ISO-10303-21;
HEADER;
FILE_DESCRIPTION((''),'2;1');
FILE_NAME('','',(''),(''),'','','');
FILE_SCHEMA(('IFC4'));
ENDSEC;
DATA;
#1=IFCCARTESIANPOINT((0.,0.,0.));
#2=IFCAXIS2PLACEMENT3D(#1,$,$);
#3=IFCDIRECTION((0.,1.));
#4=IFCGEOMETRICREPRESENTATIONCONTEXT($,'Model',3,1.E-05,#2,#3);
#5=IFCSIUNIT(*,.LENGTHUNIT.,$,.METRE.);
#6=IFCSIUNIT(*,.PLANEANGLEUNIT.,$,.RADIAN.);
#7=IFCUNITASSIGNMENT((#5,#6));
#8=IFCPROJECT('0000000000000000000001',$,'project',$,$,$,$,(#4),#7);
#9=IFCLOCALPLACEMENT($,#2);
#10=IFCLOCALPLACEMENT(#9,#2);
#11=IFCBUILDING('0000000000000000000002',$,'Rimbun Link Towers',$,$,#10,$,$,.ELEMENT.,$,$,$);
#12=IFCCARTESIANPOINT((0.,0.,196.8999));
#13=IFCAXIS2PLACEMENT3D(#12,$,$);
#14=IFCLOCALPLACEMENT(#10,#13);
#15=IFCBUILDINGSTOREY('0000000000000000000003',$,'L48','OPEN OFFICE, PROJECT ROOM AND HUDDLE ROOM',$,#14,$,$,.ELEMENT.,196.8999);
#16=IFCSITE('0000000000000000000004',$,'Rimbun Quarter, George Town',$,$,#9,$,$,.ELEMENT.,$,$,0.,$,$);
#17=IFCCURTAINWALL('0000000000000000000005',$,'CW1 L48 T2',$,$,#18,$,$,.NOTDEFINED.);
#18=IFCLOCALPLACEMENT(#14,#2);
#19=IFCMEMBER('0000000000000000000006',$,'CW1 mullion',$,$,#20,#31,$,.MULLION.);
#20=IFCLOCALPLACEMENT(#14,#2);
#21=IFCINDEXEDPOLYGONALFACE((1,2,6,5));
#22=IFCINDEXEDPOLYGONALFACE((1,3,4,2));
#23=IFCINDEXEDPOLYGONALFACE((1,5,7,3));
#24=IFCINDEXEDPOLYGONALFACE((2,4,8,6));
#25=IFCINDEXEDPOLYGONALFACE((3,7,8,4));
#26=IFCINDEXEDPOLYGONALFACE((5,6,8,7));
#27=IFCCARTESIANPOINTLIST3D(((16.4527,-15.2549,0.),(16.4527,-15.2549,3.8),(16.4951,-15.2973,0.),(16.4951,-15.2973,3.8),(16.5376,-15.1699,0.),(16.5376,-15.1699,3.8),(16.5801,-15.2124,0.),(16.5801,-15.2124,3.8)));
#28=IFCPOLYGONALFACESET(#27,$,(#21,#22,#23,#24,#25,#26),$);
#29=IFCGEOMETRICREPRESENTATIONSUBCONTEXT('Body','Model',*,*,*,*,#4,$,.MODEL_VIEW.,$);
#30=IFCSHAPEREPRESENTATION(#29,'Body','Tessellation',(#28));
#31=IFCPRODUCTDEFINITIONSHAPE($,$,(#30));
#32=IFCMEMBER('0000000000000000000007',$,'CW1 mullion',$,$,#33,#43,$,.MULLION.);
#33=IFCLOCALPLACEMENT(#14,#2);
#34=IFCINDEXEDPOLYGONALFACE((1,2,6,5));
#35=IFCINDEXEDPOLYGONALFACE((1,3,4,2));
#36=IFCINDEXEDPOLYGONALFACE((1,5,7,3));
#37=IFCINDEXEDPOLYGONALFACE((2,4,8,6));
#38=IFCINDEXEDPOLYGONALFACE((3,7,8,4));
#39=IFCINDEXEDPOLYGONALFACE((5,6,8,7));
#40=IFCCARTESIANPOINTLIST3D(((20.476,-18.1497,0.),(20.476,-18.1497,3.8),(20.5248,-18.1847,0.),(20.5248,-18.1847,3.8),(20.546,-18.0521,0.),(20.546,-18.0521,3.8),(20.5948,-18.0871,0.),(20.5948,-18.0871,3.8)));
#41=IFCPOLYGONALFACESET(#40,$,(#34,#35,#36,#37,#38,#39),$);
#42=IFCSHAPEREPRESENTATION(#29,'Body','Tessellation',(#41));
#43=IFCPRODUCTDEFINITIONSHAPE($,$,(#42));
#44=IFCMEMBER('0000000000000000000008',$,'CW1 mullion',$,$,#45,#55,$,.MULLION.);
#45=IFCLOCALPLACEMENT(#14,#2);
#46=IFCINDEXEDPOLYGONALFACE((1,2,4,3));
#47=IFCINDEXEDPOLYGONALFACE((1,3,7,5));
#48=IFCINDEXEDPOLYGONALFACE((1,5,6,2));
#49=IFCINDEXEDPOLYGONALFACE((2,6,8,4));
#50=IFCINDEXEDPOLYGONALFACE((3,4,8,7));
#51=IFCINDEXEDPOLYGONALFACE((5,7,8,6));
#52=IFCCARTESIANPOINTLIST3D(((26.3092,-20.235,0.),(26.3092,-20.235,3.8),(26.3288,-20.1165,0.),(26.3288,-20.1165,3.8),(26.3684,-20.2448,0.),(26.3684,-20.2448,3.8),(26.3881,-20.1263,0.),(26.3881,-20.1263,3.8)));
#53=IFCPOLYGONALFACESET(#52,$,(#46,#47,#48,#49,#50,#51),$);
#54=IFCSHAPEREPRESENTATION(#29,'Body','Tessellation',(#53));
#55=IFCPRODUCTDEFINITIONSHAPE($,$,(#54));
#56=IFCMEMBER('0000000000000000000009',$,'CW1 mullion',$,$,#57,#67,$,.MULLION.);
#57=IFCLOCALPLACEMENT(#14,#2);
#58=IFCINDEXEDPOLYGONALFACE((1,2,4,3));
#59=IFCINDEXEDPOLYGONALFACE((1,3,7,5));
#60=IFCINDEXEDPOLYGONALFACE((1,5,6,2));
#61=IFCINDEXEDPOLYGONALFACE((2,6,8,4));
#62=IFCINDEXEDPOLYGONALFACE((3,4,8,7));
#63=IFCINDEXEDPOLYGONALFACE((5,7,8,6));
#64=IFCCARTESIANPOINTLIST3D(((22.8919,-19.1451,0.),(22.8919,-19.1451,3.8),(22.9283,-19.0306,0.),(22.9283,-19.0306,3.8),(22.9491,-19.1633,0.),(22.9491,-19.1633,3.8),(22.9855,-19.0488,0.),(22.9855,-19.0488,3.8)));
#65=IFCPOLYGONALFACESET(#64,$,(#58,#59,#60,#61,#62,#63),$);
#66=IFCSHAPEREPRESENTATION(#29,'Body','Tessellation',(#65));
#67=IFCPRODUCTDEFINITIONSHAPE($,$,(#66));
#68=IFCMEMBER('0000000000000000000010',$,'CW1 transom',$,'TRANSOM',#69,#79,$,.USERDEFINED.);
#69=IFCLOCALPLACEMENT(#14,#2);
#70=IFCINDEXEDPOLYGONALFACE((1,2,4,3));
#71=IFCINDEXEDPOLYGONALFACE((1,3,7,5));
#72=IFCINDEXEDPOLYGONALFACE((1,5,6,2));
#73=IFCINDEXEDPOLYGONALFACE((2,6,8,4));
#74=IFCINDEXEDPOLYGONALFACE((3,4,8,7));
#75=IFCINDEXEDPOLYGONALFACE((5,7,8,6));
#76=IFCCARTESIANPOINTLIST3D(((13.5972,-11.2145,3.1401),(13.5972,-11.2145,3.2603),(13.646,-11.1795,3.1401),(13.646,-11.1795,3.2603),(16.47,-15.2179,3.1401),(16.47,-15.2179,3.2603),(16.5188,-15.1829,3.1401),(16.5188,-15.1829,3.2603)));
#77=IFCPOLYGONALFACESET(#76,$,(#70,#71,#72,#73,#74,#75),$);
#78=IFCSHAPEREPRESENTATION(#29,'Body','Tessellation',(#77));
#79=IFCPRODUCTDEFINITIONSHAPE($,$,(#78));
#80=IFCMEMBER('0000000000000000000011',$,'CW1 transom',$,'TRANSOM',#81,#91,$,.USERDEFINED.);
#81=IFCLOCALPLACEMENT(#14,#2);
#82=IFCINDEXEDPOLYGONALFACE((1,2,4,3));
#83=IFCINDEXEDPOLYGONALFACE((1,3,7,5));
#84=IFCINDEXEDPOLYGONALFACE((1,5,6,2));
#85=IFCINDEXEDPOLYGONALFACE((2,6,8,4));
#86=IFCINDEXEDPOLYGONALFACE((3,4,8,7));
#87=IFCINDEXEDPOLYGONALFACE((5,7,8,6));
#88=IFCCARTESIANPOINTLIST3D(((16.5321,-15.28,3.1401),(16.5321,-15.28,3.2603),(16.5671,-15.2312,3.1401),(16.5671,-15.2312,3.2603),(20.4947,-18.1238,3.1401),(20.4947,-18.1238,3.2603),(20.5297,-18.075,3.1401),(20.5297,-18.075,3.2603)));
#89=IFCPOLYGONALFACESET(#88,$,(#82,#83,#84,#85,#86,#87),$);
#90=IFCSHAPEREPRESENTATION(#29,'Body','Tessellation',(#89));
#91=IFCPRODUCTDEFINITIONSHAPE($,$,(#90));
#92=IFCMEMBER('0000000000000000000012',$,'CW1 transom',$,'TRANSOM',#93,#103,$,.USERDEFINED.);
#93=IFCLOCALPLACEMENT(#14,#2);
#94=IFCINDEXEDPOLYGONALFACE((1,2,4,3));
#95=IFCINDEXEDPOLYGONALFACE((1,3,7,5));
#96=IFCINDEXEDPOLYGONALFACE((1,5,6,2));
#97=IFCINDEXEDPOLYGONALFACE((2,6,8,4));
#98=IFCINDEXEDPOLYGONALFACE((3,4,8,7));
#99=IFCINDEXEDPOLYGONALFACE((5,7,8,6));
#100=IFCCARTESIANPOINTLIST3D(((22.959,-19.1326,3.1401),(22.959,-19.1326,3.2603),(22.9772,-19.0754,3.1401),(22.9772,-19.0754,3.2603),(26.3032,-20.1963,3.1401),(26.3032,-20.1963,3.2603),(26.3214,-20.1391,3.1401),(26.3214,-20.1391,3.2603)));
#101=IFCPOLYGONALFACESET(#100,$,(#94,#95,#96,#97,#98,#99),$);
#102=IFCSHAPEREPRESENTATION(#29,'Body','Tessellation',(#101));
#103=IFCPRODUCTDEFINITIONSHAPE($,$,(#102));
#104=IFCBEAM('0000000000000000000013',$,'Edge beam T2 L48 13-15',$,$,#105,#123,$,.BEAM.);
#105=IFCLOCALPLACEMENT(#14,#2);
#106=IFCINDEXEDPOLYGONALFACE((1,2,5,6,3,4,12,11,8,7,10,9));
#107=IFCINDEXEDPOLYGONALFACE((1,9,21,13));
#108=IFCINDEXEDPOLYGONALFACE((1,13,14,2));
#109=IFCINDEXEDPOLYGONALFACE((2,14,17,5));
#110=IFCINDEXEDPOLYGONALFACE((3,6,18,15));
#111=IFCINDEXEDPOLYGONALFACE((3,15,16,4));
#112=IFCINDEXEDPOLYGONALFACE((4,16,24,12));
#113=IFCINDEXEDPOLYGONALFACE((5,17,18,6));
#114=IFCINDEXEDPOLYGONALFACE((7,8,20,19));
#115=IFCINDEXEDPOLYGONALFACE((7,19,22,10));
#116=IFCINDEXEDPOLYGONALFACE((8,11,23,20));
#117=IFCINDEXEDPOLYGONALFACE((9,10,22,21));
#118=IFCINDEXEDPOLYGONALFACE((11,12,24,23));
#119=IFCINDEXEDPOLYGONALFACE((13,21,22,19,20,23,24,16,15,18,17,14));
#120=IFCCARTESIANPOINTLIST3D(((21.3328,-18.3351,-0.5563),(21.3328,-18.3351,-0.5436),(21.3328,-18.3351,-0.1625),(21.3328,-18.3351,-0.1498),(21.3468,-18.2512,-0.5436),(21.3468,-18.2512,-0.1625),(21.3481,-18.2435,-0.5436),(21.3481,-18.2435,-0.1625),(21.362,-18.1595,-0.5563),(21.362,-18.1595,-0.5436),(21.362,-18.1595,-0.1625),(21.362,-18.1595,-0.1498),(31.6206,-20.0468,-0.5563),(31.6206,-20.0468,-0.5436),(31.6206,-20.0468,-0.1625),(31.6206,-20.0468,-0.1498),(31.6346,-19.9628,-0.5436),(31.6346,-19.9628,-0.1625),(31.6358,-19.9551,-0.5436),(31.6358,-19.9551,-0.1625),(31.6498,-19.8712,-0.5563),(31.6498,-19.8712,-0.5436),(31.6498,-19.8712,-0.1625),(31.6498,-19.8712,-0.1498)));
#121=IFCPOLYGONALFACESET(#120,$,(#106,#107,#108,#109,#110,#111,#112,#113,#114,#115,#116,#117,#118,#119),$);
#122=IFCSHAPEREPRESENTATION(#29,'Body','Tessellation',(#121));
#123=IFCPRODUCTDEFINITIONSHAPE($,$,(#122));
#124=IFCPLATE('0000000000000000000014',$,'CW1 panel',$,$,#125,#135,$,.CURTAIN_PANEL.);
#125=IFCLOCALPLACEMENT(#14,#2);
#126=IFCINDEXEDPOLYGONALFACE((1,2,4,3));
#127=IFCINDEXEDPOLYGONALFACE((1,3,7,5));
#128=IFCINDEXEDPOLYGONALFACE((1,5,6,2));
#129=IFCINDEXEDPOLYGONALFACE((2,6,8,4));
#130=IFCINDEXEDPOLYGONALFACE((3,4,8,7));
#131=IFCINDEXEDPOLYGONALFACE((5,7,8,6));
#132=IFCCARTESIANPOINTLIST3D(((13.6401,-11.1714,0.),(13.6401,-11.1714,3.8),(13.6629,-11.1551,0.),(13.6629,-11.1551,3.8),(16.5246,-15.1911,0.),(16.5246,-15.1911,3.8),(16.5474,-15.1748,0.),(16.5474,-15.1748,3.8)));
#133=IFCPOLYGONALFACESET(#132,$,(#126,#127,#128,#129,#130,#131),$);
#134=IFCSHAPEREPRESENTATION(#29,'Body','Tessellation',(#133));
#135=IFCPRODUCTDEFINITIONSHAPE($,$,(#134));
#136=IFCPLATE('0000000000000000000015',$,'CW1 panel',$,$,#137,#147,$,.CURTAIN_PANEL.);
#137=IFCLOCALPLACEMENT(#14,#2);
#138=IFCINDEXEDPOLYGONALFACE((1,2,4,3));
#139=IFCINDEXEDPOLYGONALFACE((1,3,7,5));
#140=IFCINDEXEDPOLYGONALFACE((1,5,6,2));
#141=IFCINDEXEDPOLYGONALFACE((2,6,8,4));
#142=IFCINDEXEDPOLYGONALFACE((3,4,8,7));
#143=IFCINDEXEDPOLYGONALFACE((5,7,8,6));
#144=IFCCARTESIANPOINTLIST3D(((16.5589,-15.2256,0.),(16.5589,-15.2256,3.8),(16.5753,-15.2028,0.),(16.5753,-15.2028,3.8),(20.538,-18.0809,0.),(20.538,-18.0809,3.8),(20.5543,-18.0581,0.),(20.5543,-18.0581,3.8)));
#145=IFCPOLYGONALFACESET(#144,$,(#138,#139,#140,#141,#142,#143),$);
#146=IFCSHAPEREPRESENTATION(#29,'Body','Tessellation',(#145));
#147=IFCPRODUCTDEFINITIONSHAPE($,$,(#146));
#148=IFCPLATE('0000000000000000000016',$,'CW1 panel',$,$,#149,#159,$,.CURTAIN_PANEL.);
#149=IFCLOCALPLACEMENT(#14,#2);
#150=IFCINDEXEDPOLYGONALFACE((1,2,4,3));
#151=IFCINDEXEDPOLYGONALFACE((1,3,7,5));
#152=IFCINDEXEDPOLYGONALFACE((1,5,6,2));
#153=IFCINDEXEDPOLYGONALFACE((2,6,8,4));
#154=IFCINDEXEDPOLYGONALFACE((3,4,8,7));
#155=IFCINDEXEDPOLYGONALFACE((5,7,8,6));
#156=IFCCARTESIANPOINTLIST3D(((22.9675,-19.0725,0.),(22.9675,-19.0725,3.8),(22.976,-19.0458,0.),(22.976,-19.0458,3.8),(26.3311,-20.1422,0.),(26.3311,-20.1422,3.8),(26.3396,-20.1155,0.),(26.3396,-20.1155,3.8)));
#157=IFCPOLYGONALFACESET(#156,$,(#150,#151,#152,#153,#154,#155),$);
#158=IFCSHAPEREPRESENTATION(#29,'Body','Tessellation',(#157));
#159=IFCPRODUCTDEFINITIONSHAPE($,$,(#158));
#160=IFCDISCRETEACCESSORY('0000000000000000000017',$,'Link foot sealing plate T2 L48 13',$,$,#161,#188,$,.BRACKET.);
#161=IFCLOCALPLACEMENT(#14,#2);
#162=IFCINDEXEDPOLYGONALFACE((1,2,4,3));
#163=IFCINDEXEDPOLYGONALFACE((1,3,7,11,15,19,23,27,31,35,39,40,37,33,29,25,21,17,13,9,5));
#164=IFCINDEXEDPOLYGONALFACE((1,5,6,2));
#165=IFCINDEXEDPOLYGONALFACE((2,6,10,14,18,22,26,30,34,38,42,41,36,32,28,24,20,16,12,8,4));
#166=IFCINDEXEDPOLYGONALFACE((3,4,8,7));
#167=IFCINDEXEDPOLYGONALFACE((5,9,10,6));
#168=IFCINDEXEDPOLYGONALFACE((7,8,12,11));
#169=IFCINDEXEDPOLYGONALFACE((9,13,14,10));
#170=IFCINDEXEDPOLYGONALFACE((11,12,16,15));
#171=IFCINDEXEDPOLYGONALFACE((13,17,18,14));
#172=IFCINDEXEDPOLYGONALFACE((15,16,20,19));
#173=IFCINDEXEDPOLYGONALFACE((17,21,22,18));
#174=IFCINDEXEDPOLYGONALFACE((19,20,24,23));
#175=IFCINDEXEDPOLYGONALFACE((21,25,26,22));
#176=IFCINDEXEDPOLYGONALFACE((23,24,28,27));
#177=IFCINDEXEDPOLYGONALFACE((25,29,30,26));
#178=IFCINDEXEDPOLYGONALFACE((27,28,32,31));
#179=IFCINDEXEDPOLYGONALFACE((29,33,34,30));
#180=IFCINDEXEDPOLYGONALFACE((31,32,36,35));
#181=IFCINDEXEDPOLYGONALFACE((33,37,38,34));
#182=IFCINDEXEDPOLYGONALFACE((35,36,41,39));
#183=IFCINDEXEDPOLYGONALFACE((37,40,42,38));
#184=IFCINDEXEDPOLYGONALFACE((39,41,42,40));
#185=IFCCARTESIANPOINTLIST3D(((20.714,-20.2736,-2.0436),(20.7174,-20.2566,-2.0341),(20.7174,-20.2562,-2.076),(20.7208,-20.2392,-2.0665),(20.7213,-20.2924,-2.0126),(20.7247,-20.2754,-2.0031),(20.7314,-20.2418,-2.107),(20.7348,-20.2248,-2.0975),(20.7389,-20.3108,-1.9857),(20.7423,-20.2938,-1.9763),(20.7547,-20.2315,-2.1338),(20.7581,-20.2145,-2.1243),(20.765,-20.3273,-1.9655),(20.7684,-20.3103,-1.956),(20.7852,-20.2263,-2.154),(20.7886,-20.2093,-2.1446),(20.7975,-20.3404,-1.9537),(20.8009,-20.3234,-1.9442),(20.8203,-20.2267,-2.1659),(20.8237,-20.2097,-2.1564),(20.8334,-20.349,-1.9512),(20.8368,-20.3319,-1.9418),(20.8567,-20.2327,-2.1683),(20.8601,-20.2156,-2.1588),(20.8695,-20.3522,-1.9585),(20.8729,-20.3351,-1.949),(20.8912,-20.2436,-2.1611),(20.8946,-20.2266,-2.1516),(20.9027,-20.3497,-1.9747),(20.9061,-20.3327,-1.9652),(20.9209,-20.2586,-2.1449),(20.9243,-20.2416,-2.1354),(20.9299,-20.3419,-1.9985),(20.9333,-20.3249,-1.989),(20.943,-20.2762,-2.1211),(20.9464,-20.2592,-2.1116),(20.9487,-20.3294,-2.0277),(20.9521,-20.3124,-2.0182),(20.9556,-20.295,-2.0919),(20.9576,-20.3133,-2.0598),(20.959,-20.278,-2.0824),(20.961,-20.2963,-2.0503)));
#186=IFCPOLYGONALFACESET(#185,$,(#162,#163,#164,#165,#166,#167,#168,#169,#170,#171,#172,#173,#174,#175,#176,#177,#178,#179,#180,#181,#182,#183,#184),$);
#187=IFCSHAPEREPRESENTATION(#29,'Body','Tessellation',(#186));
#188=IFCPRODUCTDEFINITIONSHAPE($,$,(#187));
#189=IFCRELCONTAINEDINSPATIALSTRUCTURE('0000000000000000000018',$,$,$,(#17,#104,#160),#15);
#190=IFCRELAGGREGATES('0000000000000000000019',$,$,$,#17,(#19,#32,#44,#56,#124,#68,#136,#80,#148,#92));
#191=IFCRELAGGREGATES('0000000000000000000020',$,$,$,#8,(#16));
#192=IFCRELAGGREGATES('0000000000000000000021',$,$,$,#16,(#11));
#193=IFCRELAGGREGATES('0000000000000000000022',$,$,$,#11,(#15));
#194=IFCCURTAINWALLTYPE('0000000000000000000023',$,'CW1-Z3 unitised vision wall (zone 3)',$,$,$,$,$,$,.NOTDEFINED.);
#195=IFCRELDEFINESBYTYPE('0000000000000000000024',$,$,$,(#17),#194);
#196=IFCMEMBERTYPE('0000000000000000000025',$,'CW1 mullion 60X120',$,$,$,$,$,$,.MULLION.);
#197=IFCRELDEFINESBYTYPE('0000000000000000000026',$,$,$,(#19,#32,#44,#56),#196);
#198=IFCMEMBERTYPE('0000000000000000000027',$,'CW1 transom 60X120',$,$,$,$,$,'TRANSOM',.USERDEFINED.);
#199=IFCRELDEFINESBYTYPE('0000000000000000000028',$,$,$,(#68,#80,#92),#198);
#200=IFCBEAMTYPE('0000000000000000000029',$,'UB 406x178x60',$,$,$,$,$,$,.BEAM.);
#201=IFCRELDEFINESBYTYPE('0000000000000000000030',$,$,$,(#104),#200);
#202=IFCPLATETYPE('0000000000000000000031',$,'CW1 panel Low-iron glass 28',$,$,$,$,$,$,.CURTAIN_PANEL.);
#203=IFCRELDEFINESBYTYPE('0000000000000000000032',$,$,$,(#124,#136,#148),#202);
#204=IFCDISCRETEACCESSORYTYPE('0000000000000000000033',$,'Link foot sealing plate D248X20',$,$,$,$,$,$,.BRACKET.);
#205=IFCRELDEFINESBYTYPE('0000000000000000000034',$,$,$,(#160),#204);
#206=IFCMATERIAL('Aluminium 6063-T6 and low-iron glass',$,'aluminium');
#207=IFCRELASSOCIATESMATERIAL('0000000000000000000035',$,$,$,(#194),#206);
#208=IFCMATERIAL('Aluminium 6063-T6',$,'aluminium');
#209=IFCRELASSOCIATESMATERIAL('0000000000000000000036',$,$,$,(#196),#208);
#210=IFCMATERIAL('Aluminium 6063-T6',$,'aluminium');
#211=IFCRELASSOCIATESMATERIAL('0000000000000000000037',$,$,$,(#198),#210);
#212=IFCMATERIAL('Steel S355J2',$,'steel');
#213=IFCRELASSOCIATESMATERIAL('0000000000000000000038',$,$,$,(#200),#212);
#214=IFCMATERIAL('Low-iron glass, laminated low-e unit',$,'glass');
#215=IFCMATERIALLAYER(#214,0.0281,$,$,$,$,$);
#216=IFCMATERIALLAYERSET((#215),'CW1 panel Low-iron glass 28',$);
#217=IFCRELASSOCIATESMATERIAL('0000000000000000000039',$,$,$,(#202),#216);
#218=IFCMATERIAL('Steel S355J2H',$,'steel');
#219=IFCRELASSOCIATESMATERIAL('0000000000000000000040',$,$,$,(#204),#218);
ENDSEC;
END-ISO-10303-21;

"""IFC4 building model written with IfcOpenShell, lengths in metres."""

from ifc_helpers import new_model, si_unit, direction, frame, origin, origin_2d, place, context, subcontext, project, spatial, rectangle, circle, i_section, extrude, material, layer, layer_set, material_profile, profile_set, type_object, element, aggregate, save


model = new_model("IFC4")

# Units and contexts
model_context = context("Model", 3, precision=1e-05, world=origin(), true_north=direction((0.0, 1.0)))
body_context = subcontext(model_context, "Body", "Model", "MODEL_VIEW")
ifc_project = project(units=[si_unit("LENGTHUNIT", "METRE"), si_unit("PLANEANGLEUNIT", "RADIAN")], contexts=[model_context])

# Site, building, storey
site_placement = place(None, origin())
site = spatial("IfcSite", under=ifc_project, at=site_placement, Name="Rimbun Quarter, George Town", CompositionType="ELEMENT", RefElevation=0.0)
building_placement = place(site_placement, origin())
building = spatial("IfcBuilding", under=site, at=building_placement, Name="Rimbun Link Towers", CompositionType="ELEMENT")
storey_placement = place(building_placement, frame((0.0, 0.0, 196.8999)))
storey = spatial("IfcBuildingStorey", under=building, at=storey_placement, Name="L48", Description="OPEN OFFICE, PROJECT ROOM AND HUDDLE ROOM", CompositionType="ELEMENT", Elevation=196.8999)

# Curtain wall, members
ifc_material_1 = material(Name="Aluminium 6063-T6 and low-iron glass", Category="aluminium")
curtain_wall_type = type_object("IfcCurtainWallType", Name="CW1-Z3 unitised vision wall (zone 3)", PredefinedType="NOTDEFINED", material=ifc_material_1)
curtain_wall_placement = place(storey_placement, origin())
curtain_wall = element("IfcCurtainWall", 1, at=curtain_wall_placement, inside=storey, type_object=curtain_wall_type, Name="CW1 L48 T2", PredefinedType="NOTDEFINED")
ifc_material_2 = material(Name="Aluminium 6063-T6", Category="aluminium")
ifc_material_profile_1 = material_profile(ifc_material_2, rectangle(XDim=0.1201, YDim=0.0601, at=origin_2d()), Name="MULLION 60X120")
ifc_profile_set_1 = profile_set([ifc_material_profile_1], Name="Aluminium 6063-T6")
member_type_1 = type_object("IfcMemberType", Name="CW1 mullion 60X120", PredefinedType="MULLION", material=ifc_profile_set_1)
member_1_placement = place(storey_placement, frame((16.5164, -15.2336, 0.0), z_axis=(0.0, 0.0, 1.0), x_axis=(-0.707107, -0.707107, 0.0)))
member_1 = element("IfcMember", 2, at=member_1_placement, type_object=member_type_1, Name="CW1 mullion", PredefinedType="MULLION", context=body_context, shape_type="SweptSolid", body=[
    extrude(rectangle(XDim=0.1201, YDim=0.0601, at=origin_2d()), origin(), (0.0, 0.0, 1.0), 3.8),
])
member_2_placement = place(storey_placement, frame((20.5354, -18.1184, 0.0), z_axis=(0.0, 0.0, 1.0), x_axis=(-0.583009, -0.812465, 0.0)))
member_2 = element("IfcMember", 3, at=member_2_placement, type_object=member_type_1, Name="CW1 mullion", PredefinedType="MULLION", context=body_context, shape_type="SweptSolid", body=[
    extrude(rectangle(XDim=0.1201, YDim=0.0601, at=origin_2d()), origin(), (0.0, 0.0, 1.0), 3.8),
])
member_3_placement = place(storey_placement, frame((26.3486, -20.1807, 0.0), z_axis=(0.0, 0.0, 1.0), x_axis=(-0.16375, -0.986502, 0.0)))
member_3 = element("IfcMember", 4, at=member_3_placement, type_object=member_type_1, Name="CW1 mullion", PredefinedType="MULLION", context=body_context, shape_type="SweptSolid", body=[
    extrude(rectangle(XDim=0.1201, YDim=0.0601, at=origin_2d()), origin(), (0.0, 0.0, 1.0), 3.8),
])
member_4_placement = place(storey_placement, frame((22.9387, -19.0969, 0.0), z_axis=(0.0, 0.0, 1.0), x_axis=(-0.303071, -0.952968, 0.0)))
member_4 = element("IfcMember", 5, at=member_4_placement, type_object=member_type_1, Name="CW1 mullion", PredefinedType="MULLION", context=body_context, shape_type="SweptSolid", body=[
    extrude(rectangle(XDim=0.1201, YDim=0.0601, at=origin_2d()), origin(), (0.0, 0.0, 1.0), 3.8),
])
ifc_material_3 = material(Name="Aluminium 6063-T6", Category="aluminium")
ifc_material_profile_2 = material_profile(ifc_material_3, rectangle(XDim=0.0601, YDim=0.1201, at=origin_2d()), Name="TRANSOM 60X120")
ifc_profile_set_2 = profile_set([ifc_material_profile_2], Name="Aluminium 6063-T6")
member_type_2 = type_object("IfcMemberType", Name="CW1 transom 60X120", ElementType="TRANSOM", PredefinedType="USERDEFINED", material=ifc_profile_set_2)
member_5_placement = place(storey_placement, frame((16.4944, -15.2004, 3.2002), z_axis=(-0.583013, 0.812463, 0.0), x_axis=(-0.812463, -0.583013, 0.0)))
member_5 = element("IfcMember", 6, at=member_5_placement, type_object=member_type_2, Name="CW1 transom", ObjectType="TRANSOM", PredefinedType="USERDEFINED", context=body_context, shape_type="SweptSolid", body=[
    extrude(rectangle(XDim=0.0601, YDim=0.1201, at=origin_2d()), origin(), (0.0, 0.0, 1.0), 4.9275),
])
member_6_placement = place(storey_placement, frame((20.5122, -18.0994, 3.2002), z_axis=(-0.812443, 0.583041, 0.0), x_axis=(-0.583041, -0.812443, 0.0)))
member_6 = element("IfcMember", 7, at=member_6_placement, type_object=member_type_2, Name="CW1 transom", ObjectType="TRANSOM", PredefinedType="USERDEFINED", context=body_context, shape_type="SweptSolid", body=[
    extrude(rectangle(XDim=0.0601, YDim=0.1201, at=origin_2d()), origin(), (0.0, 0.0, 1.0), 4.8774),
])
member_7_placement = place(storey_placement, frame((26.3123, -20.1677, 3.2002), z_axis=(-0.952955, 0.303112, 0.0), x_axis=(-0.303112, -0.952955, 0.0)))
member_7 = element("IfcMember", 8, at=member_7_placement, type_object=member_type_2, Name="CW1 transom", ObjectType="TRANSOM", PredefinedType="USERDEFINED", context=body_context, shape_type="SweptSolid", body=[
    extrude(rectangle(XDim=0.0601, YDim=0.1201, at=origin_2d()), origin(), (0.0, 0.0, 1.0), 3.5093),
])

# Beam
ifc_material_4 = material(Name="Steel S355J2", Category="steel")
ifc_material_profile_3 = material_profile(ifc_material_4, i_section(OverallWidth=0.178, OverallDepth=0.4065, WebThickness=0.0078, FlangeThickness=0.0127, at=origin_2d()), Name="UB 406x178x60")
ifc_profile_set_3 = profile_set([ifc_material_profile_3], Name="Steel S355J2")
beam_type = type_object("IfcBeamType", Name="UB 406x178x60", PredefinedType="BEAM", material=ifc_profile_set_3)
beam_placement = place(storey_placement, frame((21.3474, -18.2473, -0.353), z_axis=(0.98644, -0.164122, 0.0), x_axis=(0.164122, 0.98644, 0.0)))
element("IfcBeam", 9, at=beam_placement, inside=storey, type_object=beam_type, Name="Edge beam T2 L48 13-15", PredefinedType="BEAM", context=body_context, shape_type="SweptSolid", body=[
    extrude(i_section(OverallWidth=0.178, OverallDepth=0.4065, WebThickness=0.0078, FlangeThickness=0.0127, at=origin_2d()), origin(), (0.0, 0.0, 1.0), 10.4292),
])

# Plates
ifc_material_5 = material(Name="Low-iron glass, laminated low-e unit", Category="glass")
ifc_layer = layer(ifc_material_5, 0.0281)
ifc_layer_set = layer_set([ifc_layer], Name="CW1 panel Low-iron glass 28")
plate_type = type_object("IfcPlateType", Name="CW1 panel Low-iron glass 28", PredefinedType="CURTAIN_PANEL", material=ifc_layer_set)
plate_1_placement = place(storey_placement, frame((15.0938, -13.1731, 0.0), z_axis=(0.0, 0.0, 1.0), x_axis=(-0.583009, 0.812465, 0.0)))
plate_1 = element("IfcPlate", 10, at=plate_1_placement, type_object=plate_type, Name="CW1 panel", PredefinedType="CURTAIN_PANEL", context=body_context, shape_type="SweptSolid", body=[
    extrude(rectangle(XDim=4.9475, YDim=0.0281, at=origin_2d()), origin(), (0.0, 0.0, 1.0), 3.8),
])
plate_2_placement = place(storey_placement, frame((18.5566, -16.6418, 0.0), z_axis=(0.0, 0.0, 1.0), x_axis=(-0.812465, 0.583009, 0.0)))
plate_2 = element("IfcPlate", 11, at=plate_2_placement, type_object=plate_type, Name="CW1 panel", PredefinedType="CURTAIN_PANEL", context=body_context, shape_type="SweptSolid", body=[
    extrude(rectangle(XDim=4.8975, YDim=0.0281, at=origin_2d()), origin(), (0.0, 0.0, 1.0), 3.8),
])
plate_3_placement = place(storey_placement, frame((24.6536, -19.594, 0.0), z_axis=(0.0, 0.0, 1.0), x_axis=(-0.952968, 0.303071, 0.0)))
plate_3 = element("IfcPlate", 12, at=plate_3_placement, type_object=plate_type, Name="CW1 panel", PredefinedType="CURTAIN_PANEL", context=body_context, shape_type="SweptSolid", body=[
    extrude(rectangle(XDim=3.5295, YDim=0.0281, at=origin_2d()), origin(), (0.0, 0.0, 1.0), 3.8),
])
aggregate(curtain_wall, [member_1, member_2, member_3, member_4, plate_1, member_5, plate_2, member_6, plate_3, member_7])

# Discrete accessory
ifc_material_6 = material(Name="Steel S355J2H", Category="steel")
ifc_material_profile_4 = material_profile(ifc_material_6, circle(Radius=0.124, at=origin_2d()), Name="PL D248")
ifc_profile_set_4 = profile_set([ifc_material_profile_4], Name="Steel S355J2H")
discrete_accessory_type = type_object("IfcDiscreteAccessoryType", Name="Link foot sealing plate D248X20", PredefinedType="BRACKET", material=ifc_profile_set_4)
discrete_accessory_placement = place(storey_placement, frame((20.8394, -20.272, -2.0503), z_axis=(-0.172107, -0.860533, -0.47944), x_axis=(0.980581, -0.196116, 0.0)))
element("IfcDiscreteAccessory", 13, at=discrete_accessory_placement, inside=storey, type_object=discrete_accessory_type, Name="Link foot sealing plate T2 L48 13", PredefinedType="BRACKET", context=body_context, shape_type="SweptSolid", body=[
    extrude(circle(Radius=0.124, at=origin_2d()), origin(), (0.0, 0.0, 1.0), 0.0198),
])

save(model, "model.ifc")
